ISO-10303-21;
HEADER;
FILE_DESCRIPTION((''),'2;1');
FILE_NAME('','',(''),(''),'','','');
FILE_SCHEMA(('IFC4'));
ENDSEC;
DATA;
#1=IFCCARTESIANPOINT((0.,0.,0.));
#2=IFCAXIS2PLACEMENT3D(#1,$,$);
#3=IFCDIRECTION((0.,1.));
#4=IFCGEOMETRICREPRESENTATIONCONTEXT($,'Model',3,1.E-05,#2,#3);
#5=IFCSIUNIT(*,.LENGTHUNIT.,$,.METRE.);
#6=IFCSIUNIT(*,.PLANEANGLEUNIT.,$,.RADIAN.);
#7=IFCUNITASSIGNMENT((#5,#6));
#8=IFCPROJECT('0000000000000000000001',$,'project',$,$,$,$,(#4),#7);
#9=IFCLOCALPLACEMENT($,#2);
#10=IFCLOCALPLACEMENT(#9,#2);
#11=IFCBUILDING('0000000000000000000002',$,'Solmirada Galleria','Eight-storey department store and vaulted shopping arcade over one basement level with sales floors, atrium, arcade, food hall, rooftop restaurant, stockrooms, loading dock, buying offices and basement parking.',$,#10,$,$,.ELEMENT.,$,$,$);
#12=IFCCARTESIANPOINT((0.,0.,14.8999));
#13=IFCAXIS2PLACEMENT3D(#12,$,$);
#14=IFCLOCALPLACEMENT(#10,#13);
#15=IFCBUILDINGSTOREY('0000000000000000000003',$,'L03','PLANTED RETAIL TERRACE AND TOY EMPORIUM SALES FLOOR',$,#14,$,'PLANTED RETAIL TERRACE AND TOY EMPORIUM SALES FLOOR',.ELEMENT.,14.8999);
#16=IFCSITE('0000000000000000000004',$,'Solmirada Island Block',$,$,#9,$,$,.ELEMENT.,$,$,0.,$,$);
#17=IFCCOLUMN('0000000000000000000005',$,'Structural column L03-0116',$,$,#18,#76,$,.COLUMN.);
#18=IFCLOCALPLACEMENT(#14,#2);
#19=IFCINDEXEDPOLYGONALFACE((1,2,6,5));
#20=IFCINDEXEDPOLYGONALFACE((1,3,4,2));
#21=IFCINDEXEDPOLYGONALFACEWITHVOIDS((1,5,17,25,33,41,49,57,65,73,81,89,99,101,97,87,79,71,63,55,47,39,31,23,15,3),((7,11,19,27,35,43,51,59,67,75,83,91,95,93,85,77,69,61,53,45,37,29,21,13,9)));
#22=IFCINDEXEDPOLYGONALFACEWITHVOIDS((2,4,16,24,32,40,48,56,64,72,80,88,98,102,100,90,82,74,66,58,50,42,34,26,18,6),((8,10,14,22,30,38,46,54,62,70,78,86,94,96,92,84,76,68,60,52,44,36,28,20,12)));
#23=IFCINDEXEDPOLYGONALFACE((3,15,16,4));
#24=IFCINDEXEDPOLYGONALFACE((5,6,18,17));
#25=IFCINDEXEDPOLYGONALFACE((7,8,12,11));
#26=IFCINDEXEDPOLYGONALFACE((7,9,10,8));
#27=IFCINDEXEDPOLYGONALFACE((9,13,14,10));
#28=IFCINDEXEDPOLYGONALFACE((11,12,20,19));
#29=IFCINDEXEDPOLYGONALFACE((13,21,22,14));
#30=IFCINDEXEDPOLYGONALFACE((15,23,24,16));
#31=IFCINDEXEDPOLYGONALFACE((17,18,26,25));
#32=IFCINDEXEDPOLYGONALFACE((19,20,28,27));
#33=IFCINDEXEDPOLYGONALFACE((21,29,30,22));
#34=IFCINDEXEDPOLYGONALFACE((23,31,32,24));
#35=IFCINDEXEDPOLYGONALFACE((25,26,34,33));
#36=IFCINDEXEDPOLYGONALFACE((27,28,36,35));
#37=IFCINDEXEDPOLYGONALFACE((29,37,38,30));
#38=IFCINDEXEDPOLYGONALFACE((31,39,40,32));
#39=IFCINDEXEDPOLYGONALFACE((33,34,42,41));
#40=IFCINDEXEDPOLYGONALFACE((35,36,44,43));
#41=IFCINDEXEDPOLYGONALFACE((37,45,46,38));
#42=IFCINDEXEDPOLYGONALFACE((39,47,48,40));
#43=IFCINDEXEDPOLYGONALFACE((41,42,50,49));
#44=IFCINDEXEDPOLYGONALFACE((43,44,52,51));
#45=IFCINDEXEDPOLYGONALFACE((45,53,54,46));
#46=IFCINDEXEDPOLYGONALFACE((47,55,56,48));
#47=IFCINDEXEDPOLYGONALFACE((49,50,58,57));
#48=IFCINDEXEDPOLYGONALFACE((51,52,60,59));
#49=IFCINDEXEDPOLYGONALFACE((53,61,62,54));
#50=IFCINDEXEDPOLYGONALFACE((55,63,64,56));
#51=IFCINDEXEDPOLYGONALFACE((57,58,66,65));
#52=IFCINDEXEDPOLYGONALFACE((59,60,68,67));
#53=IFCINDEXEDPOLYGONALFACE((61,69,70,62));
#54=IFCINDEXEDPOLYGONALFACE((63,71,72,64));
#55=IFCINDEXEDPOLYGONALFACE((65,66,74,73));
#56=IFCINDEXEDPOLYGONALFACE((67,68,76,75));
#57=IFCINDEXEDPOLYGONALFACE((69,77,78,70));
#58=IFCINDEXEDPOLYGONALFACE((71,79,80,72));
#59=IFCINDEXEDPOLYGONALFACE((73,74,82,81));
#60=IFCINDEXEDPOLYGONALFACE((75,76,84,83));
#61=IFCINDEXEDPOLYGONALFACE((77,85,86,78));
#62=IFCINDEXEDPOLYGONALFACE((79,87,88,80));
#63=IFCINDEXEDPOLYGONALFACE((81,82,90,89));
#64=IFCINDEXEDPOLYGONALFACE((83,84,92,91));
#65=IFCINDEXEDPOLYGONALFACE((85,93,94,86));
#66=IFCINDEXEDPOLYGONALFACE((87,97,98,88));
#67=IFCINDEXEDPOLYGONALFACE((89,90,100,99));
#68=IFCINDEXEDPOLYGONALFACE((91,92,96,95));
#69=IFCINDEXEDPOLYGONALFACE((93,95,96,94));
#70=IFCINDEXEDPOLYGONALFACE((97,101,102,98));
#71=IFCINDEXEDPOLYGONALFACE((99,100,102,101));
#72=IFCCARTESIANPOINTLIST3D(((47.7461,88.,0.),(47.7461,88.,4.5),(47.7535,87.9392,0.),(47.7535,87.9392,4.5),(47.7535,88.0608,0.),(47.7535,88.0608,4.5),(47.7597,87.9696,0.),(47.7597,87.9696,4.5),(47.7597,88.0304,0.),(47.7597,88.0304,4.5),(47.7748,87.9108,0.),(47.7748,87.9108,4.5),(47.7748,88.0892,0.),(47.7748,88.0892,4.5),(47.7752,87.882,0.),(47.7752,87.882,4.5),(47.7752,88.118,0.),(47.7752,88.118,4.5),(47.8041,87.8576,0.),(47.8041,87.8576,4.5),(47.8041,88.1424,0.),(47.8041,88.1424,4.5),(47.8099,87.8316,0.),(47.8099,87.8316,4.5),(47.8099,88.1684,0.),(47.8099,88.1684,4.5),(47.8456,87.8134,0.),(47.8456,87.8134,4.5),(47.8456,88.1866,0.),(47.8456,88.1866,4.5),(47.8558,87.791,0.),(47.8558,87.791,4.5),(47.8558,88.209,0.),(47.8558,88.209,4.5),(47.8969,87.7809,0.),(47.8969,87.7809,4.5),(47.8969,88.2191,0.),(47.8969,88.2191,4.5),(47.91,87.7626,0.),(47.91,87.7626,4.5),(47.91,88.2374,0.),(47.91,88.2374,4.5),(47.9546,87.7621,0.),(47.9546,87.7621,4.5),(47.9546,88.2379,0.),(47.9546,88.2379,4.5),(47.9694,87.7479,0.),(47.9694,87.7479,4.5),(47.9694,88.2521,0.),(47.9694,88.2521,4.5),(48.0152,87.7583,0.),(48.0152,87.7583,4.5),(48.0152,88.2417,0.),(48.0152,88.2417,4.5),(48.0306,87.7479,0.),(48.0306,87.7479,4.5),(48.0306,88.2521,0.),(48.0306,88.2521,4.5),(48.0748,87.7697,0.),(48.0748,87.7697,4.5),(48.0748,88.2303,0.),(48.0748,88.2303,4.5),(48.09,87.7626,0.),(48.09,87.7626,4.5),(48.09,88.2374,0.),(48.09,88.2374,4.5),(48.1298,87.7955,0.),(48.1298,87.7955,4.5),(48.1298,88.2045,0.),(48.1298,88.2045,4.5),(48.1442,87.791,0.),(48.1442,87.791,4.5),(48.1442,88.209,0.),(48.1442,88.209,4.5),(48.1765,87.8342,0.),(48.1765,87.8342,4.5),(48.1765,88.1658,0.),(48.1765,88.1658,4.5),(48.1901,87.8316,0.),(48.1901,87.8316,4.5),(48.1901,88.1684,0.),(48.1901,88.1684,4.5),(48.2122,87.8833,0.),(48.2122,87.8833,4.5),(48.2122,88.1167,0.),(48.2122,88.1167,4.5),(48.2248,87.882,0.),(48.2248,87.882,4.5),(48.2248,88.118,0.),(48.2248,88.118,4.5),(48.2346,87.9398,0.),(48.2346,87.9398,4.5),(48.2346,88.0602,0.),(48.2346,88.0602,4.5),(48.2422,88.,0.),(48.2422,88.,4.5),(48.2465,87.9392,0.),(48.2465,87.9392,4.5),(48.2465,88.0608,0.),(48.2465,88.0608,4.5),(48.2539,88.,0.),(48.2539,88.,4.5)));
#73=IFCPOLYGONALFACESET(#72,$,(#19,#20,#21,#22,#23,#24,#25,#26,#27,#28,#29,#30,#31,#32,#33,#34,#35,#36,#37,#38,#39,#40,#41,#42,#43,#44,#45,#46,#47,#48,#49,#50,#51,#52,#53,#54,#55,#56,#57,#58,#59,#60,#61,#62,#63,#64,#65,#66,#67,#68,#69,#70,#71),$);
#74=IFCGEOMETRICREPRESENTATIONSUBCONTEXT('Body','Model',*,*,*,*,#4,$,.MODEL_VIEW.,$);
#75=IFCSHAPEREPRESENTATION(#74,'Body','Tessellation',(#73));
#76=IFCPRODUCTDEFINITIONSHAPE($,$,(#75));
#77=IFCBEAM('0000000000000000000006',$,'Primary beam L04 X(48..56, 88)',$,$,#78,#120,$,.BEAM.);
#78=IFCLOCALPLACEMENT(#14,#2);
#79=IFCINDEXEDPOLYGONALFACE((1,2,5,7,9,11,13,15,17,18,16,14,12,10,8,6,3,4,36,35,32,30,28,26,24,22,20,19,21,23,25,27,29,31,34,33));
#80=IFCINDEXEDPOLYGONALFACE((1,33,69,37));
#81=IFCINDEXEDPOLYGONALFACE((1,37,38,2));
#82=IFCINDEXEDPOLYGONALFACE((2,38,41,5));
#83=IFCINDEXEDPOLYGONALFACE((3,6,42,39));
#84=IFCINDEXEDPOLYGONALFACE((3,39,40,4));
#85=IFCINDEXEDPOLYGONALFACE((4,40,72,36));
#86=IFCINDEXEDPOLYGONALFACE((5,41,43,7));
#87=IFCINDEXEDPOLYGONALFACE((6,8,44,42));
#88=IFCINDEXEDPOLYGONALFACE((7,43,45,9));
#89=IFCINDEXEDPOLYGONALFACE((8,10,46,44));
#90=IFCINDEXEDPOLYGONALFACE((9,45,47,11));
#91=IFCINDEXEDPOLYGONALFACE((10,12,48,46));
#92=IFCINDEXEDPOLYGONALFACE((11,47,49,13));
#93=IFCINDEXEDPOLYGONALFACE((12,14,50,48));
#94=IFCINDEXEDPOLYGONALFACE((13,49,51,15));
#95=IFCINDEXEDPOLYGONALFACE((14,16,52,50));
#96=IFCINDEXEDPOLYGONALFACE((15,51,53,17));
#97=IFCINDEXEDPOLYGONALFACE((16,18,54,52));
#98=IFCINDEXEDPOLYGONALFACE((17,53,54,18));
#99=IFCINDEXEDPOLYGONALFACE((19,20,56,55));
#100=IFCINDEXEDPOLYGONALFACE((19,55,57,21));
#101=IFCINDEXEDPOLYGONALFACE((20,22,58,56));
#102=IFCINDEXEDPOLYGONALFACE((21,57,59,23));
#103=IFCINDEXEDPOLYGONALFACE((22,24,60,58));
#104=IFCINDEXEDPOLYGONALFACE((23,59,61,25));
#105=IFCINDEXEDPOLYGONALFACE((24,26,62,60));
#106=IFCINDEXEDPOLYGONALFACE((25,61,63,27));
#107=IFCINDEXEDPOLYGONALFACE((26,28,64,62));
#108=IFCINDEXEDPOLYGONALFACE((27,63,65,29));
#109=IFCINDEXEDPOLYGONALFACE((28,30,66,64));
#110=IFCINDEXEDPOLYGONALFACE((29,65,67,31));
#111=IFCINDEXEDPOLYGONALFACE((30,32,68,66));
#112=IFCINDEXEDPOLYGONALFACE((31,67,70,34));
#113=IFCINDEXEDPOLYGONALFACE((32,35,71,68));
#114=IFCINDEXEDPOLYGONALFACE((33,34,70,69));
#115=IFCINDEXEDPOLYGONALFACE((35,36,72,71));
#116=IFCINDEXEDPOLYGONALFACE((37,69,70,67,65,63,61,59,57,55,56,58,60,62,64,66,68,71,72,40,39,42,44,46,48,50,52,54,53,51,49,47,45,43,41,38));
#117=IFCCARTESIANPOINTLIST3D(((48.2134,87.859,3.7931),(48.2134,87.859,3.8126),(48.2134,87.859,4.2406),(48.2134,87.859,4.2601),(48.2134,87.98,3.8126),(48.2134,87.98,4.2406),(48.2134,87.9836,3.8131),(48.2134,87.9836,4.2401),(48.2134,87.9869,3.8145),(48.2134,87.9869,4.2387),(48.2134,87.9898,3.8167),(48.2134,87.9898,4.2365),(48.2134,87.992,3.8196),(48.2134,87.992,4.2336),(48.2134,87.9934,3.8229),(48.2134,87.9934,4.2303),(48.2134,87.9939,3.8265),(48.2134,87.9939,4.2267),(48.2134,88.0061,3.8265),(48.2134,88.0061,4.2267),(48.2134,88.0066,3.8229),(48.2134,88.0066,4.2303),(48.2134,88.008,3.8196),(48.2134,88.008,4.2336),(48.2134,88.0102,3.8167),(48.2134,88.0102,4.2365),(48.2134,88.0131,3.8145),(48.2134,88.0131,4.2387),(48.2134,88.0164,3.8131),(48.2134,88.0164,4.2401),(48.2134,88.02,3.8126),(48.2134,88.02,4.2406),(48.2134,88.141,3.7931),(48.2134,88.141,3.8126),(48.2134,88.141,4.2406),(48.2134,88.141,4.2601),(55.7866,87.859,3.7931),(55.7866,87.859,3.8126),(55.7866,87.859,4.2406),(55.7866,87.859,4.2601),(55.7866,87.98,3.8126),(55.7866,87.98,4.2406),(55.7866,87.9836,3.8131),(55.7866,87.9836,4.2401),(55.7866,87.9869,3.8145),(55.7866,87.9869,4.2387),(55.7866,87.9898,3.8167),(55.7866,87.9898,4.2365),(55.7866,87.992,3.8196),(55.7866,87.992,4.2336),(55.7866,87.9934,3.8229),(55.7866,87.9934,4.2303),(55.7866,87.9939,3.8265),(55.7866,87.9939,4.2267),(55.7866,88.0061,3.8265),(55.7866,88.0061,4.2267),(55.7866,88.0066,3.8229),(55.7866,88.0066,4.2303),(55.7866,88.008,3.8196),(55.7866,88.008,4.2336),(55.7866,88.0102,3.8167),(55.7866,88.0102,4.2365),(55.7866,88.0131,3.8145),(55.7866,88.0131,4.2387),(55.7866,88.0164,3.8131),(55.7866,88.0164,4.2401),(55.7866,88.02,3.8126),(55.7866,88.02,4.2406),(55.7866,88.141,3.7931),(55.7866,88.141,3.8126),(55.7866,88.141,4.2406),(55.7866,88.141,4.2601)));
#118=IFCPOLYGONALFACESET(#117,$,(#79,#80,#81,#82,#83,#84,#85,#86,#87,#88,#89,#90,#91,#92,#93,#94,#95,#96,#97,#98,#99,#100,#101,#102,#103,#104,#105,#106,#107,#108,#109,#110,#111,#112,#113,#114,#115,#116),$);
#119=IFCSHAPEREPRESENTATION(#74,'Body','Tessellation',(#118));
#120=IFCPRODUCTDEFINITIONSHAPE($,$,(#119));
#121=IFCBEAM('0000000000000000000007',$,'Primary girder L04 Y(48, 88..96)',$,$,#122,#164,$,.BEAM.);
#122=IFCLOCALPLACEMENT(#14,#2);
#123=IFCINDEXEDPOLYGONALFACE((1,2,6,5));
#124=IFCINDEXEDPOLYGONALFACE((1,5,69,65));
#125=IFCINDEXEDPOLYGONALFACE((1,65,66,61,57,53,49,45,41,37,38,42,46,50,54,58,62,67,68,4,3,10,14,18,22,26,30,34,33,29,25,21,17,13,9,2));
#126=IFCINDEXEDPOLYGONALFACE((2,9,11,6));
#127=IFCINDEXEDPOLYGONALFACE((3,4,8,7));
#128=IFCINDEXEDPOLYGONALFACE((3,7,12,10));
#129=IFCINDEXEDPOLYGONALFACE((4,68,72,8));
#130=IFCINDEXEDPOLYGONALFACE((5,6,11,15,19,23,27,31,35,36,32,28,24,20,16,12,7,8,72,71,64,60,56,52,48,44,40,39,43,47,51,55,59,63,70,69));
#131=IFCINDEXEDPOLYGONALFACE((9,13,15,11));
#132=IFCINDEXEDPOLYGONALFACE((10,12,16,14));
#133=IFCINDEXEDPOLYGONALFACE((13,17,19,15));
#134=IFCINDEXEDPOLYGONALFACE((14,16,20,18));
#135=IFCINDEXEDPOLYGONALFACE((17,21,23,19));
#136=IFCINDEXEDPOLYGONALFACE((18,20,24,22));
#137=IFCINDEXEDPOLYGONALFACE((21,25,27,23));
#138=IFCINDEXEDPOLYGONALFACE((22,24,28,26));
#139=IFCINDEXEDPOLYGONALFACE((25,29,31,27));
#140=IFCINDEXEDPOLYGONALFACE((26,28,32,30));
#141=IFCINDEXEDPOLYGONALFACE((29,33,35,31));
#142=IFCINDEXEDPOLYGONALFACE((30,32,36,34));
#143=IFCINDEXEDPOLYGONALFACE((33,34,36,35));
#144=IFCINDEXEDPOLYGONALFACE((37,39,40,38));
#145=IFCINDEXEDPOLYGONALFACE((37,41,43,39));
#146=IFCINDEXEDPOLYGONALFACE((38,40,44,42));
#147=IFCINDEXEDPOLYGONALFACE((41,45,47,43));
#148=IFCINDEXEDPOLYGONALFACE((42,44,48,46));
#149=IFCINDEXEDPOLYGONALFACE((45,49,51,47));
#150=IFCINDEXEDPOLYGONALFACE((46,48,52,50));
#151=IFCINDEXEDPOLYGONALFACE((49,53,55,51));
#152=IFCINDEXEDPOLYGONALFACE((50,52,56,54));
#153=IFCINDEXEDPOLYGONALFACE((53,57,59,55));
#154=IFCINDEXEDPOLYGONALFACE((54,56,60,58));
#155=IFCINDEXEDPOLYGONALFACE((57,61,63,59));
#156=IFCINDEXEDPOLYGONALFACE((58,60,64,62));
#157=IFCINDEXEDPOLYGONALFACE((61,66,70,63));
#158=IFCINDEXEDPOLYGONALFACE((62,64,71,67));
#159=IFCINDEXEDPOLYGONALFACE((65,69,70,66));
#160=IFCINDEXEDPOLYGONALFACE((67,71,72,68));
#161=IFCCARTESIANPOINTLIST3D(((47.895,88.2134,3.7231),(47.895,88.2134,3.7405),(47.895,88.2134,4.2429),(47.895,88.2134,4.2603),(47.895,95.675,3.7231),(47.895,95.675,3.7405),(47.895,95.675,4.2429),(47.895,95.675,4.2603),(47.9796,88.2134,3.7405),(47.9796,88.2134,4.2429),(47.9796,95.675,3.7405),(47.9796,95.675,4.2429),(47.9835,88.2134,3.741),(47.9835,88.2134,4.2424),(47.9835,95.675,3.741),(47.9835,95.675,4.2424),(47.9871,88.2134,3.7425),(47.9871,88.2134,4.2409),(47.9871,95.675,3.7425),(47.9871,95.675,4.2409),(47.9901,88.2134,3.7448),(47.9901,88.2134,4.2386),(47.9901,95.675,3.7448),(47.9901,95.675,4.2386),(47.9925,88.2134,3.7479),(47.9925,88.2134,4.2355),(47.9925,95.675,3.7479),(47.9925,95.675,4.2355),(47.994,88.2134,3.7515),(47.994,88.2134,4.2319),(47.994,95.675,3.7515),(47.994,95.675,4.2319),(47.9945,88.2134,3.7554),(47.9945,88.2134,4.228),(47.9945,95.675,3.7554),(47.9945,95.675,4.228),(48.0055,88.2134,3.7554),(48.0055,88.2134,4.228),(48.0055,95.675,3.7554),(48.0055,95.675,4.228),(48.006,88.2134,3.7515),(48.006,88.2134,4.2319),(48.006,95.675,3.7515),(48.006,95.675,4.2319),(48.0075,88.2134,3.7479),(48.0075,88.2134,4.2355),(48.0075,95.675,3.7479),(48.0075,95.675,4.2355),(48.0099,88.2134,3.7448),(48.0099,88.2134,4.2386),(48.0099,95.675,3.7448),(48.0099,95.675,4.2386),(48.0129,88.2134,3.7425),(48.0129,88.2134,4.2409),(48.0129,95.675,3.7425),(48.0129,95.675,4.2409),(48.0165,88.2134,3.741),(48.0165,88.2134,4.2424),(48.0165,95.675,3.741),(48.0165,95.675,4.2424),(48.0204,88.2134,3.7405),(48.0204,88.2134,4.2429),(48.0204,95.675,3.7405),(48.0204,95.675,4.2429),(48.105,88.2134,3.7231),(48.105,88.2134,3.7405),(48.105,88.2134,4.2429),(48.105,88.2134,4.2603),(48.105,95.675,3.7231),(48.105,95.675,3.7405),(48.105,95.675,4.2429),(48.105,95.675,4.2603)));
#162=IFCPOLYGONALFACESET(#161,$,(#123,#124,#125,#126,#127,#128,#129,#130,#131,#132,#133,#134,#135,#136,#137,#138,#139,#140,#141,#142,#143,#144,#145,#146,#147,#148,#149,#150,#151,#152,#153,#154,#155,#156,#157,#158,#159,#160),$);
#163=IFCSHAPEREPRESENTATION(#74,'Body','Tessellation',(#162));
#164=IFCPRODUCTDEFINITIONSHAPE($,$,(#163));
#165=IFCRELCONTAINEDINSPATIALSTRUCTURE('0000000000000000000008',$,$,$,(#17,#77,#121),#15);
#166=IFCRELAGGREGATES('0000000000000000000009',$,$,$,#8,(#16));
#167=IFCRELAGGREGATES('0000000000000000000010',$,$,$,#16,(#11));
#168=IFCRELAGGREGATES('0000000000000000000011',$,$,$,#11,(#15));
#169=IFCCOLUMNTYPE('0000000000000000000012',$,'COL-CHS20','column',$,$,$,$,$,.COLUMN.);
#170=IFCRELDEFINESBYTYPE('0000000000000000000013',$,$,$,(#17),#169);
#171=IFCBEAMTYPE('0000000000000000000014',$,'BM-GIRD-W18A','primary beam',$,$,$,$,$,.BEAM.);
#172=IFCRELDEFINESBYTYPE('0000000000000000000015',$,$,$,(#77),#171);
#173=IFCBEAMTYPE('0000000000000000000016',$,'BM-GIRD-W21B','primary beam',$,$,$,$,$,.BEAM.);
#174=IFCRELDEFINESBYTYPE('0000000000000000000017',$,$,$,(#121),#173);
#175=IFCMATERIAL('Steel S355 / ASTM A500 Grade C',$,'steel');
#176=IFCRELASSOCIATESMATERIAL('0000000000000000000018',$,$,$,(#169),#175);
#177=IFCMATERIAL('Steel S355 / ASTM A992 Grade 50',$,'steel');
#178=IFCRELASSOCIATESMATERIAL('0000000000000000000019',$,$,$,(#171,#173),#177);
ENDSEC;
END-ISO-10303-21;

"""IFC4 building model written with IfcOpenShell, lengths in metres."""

from ifc_helpers import new_model, si_unit, direction, frame, origin, origin_2d, place, context, subcontext, project, spatial, hollow_circle, i_section, extrude, material, material_profile, profile_set, type_object, element, save


model = new_model("IFC4")

# Units and contexts
model_context = context("Model", 3, precision=1e-05, world=origin(), true_north=direction((0.0, 1.0)))
body_context = subcontext(model_context, "Body", "Model", "MODEL_VIEW")
ifc_project = project(units=[si_unit("LENGTHUNIT", "METRE"), si_unit("PLANEANGLEUNIT", "RADIAN")], contexts=[model_context])

# Site, building, storey
site_placement = place(None, origin())
site = spatial("IfcSite", under=ifc_project, at=site_placement, Name="Solmirada Island Block", CompositionType="ELEMENT", RefElevation=0.0)
building_placement = place(site_placement, origin())
building = spatial("IfcBuilding", under=site, at=building_placement, Name="Solmirada Galleria", Description="Eight-storey department store and vaulted shopping arcade over one basement level with sales floors, atrium, arcade, food hall, rooftop restaurant, stockrooms, loading dock, buying offices and basement parking.", CompositionType="ELEMENT")
storey_placement = place(building_placement, frame((0.0, 0.0, 14.8999)))
storey = spatial("IfcBuildingStorey", under=building, at=storey_placement, Name="L03", Description="PLANTED RETAIL TERRACE AND TOY EMPORIUM SALES FLOOR", LongName="PLANTED RETAIL TERRACE AND TOY EMPORIUM SALES FLOOR", CompositionType="ELEMENT", Elevation=14.8999)

# Column
ifc_material_1 = material(Name="Steel S355 / ASTM A500 Grade C", Category="steel")
ifc_material_profile_1 = material_profile(ifc_material_1, hollow_circle(Radius=0.2539, WallThickness=0.0117, at=origin_2d()), Name="HSS20.000X0.500")
ifc_profile_set_1 = profile_set([ifc_material_profile_1], Name="Steel S355 / ASTM A500 Grade C")
column_type = type_object("IfcColumnType", Name="COL-CHS20", Description="column", PredefinedType="COLUMN", material=ifc_profile_set_1)
column_placement = place(storey_placement, frame((48.0, 88.0, 0.0), z_axis=(0.0, 0.0, 1.0), x_axis=(1.0, 0.0, 0.0)))
element("IfcColumn", 1, at=column_placement, inside=storey, type_object=column_type, Name="Structural column L03-0116", PredefinedType="COLUMN", context=body_context, shape_type="SweptSolid", body=[
    extrude(hollow_circle(Radius=0.2539, WallThickness=0.0117, at=origin_2d()), origin(), (0.0, 0.0, 1.0), 4.5),
])

# Beams
ifc_material_2 = material(Name="Steel S355 / ASTM A992 Grade 50", Category="steel")
ifc_material_profile_2 = material_profile(ifc_material_2, i_section(OverallWidth=0.282, OverallDepth=0.467, WebThickness=0.0122, FlangeThickness=0.0195, FilletRadius=0.0139, at=origin_2d()), Name="W18X86")
ifc_profile_set_2 = profile_set([ifc_material_profile_2], Name="Steel S355 / ASTM A992 Grade 50")
beam_type_1 = type_object("IfcBeamType", Name="BM-GIRD-W18A", Description="primary beam", PredefinedType="BEAM", material=ifc_profile_set_2)
beam_1_placement = place(storey_placement, frame((48.2134, 88.0, 4.0266), z_axis=(1.0, 0.0, 0.0), x_axis=(0.0, 1.0, 0.0)))
element("IfcBeam", 2, at=beam_1_placement, inside=storey, type_object=beam_type_1, Name="Primary beam L04 X(48..56, 88)", PredefinedType="BEAM", context=body_context, shape_type="SweptSolid", body=[
    extrude(i_section(OverallWidth=0.282, OverallDepth=0.467, WebThickness=0.0122, FlangeThickness=0.0195, FilletRadius=0.0139, at=origin_2d()), origin(), (0.0, 0.0, 1.0), 7.5732),
])
ifc_material_profile_3 = material_profile(ifc_material_2, i_section(OverallWidth=0.21, OverallDepth=0.5371, WebThickness=0.011, FlangeThickness=0.0173, FilletRadius=0.0149, at=origin_2d()), Name="W21X68")
ifc_profile_set_3 = profile_set([ifc_material_profile_3], Name="Steel S355 / ASTM A992 Grade 50")
beam_type_2 = type_object("IfcBeamType", Name="BM-GIRD-W21B", Description="primary beam", PredefinedType="BEAM", material=ifc_profile_set_3)
beam_2_placement = place(storey_placement, frame((48.0, 88.2134, 3.9917), z_axis=(0.0, 1.0, 0.0), x_axis=(-1.0, 0.0, 0.0)))
element("IfcBeam", 3, at=beam_2_placement, inside=storey, type_object=beam_type_2, Name="Primary girder L04 Y(48, 88..96)", PredefinedType="BEAM", context=body_context, shape_type="SweptSolid", body=[
    extrude(i_section(OverallWidth=0.21, OverallDepth=0.5371, WebThickness=0.011, FlangeThickness=0.0173, FilletRadius=0.0149, at=origin_2d()), origin(), (0.0, 0.0, 1.0), 7.4617),
])

save(model, "model.ifc")
